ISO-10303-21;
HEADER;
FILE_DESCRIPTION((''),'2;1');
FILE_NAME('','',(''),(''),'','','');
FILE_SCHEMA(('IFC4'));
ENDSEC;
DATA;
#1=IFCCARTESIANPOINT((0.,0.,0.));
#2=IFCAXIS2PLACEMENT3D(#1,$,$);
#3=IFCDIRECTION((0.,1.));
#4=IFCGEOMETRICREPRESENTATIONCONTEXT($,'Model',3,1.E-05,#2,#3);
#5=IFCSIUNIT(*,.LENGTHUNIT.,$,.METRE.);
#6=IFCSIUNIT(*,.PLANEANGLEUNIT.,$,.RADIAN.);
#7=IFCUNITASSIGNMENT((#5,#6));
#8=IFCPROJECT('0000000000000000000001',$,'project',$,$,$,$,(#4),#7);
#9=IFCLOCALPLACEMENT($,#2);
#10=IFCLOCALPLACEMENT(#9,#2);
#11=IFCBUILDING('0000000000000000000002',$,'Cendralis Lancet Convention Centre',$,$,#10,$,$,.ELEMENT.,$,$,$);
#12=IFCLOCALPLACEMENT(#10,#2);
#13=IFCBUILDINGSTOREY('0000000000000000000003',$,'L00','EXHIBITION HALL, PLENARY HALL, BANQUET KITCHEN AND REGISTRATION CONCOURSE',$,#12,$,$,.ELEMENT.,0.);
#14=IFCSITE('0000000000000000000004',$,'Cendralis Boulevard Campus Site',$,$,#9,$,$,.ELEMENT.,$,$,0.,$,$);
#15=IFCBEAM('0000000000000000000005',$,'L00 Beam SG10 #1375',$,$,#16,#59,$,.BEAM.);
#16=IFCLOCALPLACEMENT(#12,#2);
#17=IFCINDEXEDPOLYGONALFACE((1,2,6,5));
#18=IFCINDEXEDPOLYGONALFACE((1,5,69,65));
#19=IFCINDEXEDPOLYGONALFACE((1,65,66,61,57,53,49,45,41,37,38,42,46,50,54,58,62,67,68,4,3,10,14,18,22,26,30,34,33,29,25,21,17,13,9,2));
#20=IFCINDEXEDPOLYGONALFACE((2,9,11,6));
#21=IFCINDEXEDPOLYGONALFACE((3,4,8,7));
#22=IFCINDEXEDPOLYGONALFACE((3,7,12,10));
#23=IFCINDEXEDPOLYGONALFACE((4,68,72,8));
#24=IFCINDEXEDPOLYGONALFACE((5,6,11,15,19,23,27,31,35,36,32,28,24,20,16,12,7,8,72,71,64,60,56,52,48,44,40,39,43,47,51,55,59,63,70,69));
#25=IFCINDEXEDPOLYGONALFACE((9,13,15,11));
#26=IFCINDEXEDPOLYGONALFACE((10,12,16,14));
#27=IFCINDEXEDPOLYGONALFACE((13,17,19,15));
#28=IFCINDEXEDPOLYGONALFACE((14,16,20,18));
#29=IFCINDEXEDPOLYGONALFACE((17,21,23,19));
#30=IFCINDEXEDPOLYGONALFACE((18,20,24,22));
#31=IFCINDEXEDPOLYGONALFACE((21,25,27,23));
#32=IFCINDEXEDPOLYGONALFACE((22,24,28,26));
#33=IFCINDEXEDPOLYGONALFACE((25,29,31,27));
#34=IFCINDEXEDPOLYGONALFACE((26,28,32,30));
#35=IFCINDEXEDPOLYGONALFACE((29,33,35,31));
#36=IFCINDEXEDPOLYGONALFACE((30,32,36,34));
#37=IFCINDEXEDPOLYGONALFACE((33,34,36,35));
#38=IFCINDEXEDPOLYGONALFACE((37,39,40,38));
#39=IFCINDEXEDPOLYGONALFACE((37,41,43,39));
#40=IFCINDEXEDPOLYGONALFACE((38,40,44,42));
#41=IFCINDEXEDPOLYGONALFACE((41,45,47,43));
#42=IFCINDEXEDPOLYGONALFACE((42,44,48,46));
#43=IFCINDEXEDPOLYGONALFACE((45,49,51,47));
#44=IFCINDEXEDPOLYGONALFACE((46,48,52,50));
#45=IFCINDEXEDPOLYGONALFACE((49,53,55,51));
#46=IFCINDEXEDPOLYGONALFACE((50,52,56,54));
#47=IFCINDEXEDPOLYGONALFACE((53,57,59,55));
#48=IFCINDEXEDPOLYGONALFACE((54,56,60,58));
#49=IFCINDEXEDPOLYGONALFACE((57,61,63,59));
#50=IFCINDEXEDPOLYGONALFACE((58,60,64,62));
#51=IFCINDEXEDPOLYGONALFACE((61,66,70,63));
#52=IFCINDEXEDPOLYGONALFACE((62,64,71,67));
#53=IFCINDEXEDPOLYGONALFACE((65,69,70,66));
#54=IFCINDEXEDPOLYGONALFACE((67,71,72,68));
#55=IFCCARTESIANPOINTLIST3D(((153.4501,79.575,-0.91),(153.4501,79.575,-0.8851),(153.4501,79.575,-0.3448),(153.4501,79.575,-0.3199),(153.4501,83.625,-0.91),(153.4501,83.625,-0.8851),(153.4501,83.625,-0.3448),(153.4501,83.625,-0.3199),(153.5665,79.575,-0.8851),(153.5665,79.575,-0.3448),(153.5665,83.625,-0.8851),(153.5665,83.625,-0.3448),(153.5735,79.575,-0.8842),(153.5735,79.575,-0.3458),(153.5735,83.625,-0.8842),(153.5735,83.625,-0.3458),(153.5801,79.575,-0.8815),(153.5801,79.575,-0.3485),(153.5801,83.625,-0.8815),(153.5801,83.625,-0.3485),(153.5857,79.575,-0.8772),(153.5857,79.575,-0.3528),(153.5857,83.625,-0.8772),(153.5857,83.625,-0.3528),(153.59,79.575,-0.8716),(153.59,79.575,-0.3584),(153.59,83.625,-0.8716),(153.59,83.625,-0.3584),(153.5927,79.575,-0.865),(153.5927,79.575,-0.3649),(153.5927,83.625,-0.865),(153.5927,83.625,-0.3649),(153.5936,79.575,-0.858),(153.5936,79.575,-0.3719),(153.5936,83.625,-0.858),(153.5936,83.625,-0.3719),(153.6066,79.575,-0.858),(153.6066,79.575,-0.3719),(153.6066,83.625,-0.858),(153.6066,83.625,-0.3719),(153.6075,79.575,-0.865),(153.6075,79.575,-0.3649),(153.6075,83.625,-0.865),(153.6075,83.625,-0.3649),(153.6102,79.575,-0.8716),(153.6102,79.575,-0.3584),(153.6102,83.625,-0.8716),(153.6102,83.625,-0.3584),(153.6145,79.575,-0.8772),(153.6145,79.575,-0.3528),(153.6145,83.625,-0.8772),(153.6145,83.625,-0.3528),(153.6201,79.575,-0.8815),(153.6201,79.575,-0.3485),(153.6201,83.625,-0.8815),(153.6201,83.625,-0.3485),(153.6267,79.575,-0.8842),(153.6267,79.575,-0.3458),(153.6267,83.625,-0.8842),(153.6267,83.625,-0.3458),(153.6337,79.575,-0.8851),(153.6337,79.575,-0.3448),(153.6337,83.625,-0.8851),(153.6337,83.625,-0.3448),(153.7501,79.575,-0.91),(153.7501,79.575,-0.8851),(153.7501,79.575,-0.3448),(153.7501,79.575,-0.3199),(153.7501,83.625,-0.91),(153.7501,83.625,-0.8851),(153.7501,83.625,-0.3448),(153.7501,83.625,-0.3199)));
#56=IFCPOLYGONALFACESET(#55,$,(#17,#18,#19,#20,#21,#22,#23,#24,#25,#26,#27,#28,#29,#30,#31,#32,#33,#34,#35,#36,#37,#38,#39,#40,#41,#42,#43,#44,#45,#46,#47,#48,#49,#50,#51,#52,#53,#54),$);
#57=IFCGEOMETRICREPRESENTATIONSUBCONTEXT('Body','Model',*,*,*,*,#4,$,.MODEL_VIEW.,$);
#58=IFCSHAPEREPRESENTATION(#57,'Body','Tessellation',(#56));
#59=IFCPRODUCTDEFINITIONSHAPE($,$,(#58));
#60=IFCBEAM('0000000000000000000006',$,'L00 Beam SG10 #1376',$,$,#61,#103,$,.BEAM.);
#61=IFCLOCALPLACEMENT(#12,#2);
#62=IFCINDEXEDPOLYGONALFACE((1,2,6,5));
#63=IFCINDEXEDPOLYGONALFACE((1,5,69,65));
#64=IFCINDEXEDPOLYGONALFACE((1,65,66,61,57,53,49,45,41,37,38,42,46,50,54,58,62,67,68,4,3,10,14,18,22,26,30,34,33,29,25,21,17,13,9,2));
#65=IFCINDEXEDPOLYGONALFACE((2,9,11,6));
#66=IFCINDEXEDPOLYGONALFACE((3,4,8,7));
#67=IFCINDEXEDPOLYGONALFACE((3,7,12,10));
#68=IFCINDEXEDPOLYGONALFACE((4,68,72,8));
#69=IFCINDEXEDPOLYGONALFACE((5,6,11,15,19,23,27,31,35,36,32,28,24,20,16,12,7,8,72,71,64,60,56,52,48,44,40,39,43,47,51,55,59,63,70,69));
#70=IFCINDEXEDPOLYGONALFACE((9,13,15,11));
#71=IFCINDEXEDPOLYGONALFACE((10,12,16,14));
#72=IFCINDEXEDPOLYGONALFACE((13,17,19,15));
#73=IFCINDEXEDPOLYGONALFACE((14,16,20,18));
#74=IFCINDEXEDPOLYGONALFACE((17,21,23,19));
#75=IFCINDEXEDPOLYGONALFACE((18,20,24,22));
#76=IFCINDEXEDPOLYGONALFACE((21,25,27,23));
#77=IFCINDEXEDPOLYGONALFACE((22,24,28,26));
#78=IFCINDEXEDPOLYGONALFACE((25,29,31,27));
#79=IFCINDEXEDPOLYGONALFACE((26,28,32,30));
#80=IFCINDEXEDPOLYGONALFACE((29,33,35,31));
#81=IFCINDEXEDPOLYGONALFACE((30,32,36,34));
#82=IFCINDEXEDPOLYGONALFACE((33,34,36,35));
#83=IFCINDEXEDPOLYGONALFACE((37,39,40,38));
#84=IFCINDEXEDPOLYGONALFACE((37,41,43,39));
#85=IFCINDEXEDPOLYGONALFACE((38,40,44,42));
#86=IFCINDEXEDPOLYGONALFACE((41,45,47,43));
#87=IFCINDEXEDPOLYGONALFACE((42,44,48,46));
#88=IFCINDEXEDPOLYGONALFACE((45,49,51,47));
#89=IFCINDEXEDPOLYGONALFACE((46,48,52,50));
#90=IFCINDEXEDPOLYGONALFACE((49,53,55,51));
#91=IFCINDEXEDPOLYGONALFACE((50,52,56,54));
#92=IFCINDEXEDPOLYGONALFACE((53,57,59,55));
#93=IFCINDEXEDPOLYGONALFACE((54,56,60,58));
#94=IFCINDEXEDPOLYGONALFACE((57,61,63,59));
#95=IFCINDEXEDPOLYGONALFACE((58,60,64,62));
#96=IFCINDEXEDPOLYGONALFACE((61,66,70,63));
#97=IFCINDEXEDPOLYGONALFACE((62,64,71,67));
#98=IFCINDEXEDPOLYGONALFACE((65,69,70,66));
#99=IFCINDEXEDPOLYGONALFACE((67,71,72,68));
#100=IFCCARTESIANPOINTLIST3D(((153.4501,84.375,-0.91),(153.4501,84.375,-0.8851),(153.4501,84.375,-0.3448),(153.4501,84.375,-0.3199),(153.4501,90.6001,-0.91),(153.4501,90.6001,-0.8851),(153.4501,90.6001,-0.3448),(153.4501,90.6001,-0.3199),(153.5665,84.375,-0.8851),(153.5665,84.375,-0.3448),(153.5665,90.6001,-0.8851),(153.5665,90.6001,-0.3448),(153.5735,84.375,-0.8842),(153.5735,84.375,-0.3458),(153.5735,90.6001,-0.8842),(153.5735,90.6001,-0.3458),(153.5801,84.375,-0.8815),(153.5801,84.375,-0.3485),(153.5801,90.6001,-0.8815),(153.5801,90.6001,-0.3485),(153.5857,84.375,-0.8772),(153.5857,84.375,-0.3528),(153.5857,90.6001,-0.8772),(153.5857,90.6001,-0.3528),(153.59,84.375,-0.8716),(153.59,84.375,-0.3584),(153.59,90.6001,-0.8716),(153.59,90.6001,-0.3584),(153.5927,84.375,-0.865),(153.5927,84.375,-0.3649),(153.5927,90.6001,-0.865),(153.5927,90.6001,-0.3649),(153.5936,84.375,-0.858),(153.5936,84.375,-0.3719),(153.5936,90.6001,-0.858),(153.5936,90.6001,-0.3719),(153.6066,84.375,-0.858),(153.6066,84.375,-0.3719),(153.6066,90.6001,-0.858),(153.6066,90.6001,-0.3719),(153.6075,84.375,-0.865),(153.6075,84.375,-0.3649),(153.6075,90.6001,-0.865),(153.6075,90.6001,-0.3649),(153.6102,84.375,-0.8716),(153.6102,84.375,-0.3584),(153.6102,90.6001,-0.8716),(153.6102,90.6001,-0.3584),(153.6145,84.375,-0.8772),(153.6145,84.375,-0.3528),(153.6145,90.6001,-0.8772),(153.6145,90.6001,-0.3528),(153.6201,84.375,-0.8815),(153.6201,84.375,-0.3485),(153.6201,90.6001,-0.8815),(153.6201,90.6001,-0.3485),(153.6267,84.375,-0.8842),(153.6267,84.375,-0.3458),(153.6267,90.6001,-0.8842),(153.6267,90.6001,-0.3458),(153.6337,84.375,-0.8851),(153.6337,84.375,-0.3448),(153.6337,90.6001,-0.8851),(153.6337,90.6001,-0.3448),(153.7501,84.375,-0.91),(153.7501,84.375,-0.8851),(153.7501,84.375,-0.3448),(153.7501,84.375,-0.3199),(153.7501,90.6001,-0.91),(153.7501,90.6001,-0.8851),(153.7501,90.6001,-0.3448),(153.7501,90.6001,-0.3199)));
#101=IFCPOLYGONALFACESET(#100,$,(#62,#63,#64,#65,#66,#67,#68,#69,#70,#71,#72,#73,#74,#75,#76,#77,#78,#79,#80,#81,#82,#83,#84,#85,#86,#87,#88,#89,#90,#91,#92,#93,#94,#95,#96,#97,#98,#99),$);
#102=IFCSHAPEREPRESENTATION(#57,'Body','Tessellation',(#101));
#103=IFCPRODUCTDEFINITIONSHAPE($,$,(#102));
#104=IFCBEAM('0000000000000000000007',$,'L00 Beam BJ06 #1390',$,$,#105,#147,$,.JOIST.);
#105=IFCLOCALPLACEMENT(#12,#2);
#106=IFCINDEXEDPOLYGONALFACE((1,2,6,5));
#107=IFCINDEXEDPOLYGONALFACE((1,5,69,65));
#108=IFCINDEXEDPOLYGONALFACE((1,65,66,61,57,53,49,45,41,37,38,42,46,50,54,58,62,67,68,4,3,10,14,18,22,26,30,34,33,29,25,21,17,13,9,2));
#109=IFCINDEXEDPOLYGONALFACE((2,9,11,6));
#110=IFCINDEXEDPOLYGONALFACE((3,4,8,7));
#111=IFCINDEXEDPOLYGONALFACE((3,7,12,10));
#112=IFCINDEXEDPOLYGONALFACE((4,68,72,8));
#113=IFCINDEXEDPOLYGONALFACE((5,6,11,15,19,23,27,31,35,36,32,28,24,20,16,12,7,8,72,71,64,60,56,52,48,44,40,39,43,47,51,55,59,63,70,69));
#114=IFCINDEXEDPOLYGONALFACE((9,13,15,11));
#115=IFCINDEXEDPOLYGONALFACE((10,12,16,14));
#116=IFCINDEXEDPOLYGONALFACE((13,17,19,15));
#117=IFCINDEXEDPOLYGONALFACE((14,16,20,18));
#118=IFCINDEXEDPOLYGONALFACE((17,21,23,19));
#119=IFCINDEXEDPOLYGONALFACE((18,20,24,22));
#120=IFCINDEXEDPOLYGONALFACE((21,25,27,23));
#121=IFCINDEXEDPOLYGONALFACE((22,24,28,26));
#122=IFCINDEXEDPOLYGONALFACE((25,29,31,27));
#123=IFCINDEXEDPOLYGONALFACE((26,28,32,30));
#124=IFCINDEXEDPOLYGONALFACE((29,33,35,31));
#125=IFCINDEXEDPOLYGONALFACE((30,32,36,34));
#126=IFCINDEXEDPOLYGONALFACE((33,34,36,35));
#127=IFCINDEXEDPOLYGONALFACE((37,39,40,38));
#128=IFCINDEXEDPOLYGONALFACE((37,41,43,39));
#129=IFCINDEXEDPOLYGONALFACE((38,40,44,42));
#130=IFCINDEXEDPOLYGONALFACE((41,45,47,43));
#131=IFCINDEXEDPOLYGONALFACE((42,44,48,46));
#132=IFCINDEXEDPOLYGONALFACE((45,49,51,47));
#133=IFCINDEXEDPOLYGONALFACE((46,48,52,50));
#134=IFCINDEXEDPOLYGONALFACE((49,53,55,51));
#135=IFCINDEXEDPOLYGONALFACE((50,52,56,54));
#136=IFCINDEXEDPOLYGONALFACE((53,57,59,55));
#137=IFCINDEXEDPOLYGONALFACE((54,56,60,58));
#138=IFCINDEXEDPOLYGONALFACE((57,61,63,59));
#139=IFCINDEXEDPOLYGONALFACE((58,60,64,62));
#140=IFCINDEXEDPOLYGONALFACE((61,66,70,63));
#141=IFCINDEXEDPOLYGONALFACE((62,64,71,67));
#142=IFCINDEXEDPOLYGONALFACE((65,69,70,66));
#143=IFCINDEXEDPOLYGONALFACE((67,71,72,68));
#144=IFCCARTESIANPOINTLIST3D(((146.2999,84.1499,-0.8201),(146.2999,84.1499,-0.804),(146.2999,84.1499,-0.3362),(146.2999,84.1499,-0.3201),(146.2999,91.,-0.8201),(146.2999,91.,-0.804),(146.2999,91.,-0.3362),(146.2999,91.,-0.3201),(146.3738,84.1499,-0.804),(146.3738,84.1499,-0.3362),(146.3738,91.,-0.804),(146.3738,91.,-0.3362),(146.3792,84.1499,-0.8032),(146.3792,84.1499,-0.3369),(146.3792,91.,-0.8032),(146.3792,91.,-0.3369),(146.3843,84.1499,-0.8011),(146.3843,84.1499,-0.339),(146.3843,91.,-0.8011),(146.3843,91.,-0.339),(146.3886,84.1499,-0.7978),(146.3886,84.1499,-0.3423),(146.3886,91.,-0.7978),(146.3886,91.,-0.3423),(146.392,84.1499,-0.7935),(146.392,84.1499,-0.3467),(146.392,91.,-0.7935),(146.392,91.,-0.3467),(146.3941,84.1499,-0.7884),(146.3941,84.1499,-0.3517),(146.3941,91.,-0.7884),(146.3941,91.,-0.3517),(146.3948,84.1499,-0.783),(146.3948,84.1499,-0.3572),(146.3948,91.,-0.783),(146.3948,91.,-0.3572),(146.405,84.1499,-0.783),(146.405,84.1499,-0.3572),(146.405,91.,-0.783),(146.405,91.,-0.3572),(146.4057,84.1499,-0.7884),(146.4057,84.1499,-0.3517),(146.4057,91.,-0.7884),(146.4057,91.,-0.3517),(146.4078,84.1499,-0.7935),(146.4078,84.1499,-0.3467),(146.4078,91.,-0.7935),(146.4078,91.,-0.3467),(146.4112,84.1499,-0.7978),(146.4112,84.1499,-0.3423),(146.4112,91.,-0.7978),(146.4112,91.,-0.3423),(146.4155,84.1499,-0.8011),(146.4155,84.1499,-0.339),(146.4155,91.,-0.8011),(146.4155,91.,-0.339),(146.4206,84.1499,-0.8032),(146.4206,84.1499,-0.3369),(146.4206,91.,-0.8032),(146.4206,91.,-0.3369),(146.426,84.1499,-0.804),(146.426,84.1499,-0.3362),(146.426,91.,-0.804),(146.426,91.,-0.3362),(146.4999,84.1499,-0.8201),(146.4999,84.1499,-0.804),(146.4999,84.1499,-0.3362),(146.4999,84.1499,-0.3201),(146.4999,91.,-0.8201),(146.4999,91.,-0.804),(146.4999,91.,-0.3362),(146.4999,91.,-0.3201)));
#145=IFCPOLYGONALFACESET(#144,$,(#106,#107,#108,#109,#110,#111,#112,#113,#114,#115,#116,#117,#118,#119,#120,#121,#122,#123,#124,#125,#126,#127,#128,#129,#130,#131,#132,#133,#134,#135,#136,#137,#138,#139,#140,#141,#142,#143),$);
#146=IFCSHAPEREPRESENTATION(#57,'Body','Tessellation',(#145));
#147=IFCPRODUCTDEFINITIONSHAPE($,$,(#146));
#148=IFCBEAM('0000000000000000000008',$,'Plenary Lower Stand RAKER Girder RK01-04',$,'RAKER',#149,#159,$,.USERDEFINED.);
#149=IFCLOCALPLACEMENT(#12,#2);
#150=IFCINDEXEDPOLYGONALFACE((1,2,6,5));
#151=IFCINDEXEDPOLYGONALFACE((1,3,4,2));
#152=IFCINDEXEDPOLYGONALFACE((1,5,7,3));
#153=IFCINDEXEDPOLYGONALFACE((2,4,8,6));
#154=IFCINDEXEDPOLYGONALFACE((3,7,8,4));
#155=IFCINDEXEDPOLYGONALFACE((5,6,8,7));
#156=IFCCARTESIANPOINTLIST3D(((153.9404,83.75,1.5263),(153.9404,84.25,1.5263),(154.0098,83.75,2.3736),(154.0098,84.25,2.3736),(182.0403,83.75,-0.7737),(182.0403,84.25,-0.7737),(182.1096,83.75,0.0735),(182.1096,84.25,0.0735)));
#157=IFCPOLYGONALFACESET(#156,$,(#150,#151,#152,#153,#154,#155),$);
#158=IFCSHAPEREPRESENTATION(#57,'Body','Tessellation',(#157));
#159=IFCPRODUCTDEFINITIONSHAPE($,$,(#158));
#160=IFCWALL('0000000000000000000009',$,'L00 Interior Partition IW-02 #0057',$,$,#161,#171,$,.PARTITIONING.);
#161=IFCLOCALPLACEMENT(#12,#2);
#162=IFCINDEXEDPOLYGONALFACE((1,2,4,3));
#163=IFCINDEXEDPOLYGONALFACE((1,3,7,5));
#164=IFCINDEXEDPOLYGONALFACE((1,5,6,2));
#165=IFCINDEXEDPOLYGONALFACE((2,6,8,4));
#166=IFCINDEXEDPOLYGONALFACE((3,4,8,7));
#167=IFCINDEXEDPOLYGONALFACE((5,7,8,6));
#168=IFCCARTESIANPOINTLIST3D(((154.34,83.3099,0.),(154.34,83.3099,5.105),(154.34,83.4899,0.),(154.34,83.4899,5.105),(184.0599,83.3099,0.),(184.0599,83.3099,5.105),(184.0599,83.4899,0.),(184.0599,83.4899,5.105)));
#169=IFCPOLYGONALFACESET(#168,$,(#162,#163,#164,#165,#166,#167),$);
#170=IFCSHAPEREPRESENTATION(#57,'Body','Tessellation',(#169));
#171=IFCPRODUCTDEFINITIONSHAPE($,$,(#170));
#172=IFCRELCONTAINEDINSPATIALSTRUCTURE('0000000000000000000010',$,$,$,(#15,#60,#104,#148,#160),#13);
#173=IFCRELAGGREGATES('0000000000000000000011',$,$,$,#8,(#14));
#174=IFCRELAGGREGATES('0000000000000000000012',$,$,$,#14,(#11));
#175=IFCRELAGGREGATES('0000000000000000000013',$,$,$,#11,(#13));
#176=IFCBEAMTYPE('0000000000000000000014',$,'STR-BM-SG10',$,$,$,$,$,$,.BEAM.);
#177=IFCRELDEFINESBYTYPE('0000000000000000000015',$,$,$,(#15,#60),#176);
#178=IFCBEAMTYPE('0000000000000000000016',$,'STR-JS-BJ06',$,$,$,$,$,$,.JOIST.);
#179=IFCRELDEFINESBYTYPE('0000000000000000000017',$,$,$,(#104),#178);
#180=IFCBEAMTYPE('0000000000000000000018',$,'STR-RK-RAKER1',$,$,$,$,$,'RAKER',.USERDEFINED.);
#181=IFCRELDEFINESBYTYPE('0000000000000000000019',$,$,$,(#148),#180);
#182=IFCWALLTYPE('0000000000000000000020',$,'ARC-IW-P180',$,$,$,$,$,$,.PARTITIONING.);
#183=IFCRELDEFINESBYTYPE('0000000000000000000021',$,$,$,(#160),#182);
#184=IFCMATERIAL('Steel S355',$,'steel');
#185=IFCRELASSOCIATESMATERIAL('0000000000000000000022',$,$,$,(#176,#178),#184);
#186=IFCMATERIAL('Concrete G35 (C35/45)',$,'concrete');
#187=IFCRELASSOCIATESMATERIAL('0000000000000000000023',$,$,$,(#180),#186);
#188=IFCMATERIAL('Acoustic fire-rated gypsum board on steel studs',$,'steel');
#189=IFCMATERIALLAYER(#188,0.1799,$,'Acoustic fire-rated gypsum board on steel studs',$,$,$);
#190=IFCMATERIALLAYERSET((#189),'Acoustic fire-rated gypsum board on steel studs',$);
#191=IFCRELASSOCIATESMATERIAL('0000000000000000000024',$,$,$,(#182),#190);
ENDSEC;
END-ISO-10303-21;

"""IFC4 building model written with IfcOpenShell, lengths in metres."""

from ifc_helpers import new_model, si_unit, direction, frame, frame_2d, origin, origin_2d, place, context, subcontext, project, spatial, rectangle, i_section, extrude, material, layer, layer_set, material_profile, profile_set, type_object, element, save


model = new_model("IFC4")

# Units and contexts
model_context = context("Model", 3, precision=1e-05, world=origin(), true_north=direction((0.0, 1.0)))
body_context = subcontext(model_context, "Body", "Model", "MODEL_VIEW")
ifc_project = project(units=[si_unit("LENGTHUNIT", "METRE"), si_unit("PLANEANGLEUNIT", "RADIAN")], contexts=[model_context])

# Site, building, storey
site_placement = place(None, origin())
site = spatial("IfcSite", under=ifc_project, at=site_placement, Name="Cendralis Boulevard Campus Site", CompositionType="ELEMENT", RefElevation=0.0)
building_placement = place(site_placement, origin())
building = spatial("IfcBuilding", under=site, at=building_placement, Name="Cendralis Lancet Convention Centre", CompositionType="ELEMENT")
storey_placement = place(building_placement, origin())
storey = spatial("IfcBuildingStorey", under=building, at=storey_placement, Name="L00", Description="EXHIBITION HALL, PLENARY HALL, BANQUET KITCHEN AND REGISTRATION CONCOURSE", CompositionType="ELEMENT", Elevation=0.0)

# Shared definitions
ifc_material_1 = material(Name="Concrete G35 (C35/45)", Category="concrete")

# Beams
ifc_material_2 = material(Name="Steel S355", Category="steel")
ifc_material_profile_1 = material_profile(ifc_material_2, i_section(OverallWidth=0.3, OverallDepth=0.5901, WebThickness=0.0129, FlangeThickness=0.0249, FilletRadius=0.0271, at=origin_2d()), Name="HEA 600")
ifc_profile_set_1 = profile_set([ifc_material_profile_1], Name="Steel S355")
beam_type_1 = type_object("IfcBeamType", Name="STR-BM-SG10", PredefinedType="BEAM", material=ifc_profile_set_1)
beam_1_placement = place(storey_placement, frame((153.6001, 79.575, -0.615), z_axis=(0.0, 1.0, 0.0), x_axis=(-1.0, 0.0, 0.0)))
element("IfcBeam", 1, at=beam_1_placement, inside=storey, type_object=beam_type_1, Name="L00 Beam SG10 #1375", PredefinedType="BEAM", context=body_context, shape_type="SweptSolid", body=[
    extrude(i_section(OverallWidth=0.3, OverallDepth=0.5901, WebThickness=0.0129, FlangeThickness=0.0249, FilletRadius=0.0271, at=origin_2d()), origin(), (0.0, 0.0, 1.0), 4.05),
])
beam_2_placement = place(storey_placement, frame((153.6001, 84.375, -0.615), z_axis=(0.0, 1.0, 0.0), x_axis=(-1.0, 0.0, 0.0)))
element("IfcBeam", 2, at=beam_2_placement, inside=storey, type_object=beam_type_1, Name="L00 Beam SG10 #1376", PredefinedType="BEAM", context=body_context, shape_type="SweptSolid", body=[
    extrude(i_section(OverallWidth=0.3, OverallDepth=0.5901, WebThickness=0.0129, FlangeThickness=0.0249, FilletRadius=0.0271, at=origin_2d()), origin(), (0.0, 0.0, 1.0), 6.2251),
])
ifc_material_profile_2 = material_profile(ifc_material_2, i_section(OverallWidth=0.2, OverallDepth=0.5, WebThickness=0.0103, FlangeThickness=0.0161, FilletRadius=0.021, at=origin_2d()), Name="IPE 500")
ifc_profile_set_2 = profile_set([ifc_material_profile_2], Name="Steel S355")
beam_type_2 = type_object("IfcBeamType", Name="STR-JS-BJ06", PredefinedType="JOIST", material=ifc_profile_set_2)
beam_3_placement = place(storey_placement, frame((146.3999, 84.1499, -0.5701), z_axis=(0.0, 1.0, 0.0), x_axis=(-1.0, 0.0, 0.0)))
element("IfcBeam", 3, at=beam_3_placement, inside=storey, type_object=beam_type_2, Name="L00 Beam BJ06 #1390", PredefinedType="JOIST", context=body_context, shape_type="SweptSolid", body=[
    extrude(i_section(OverallWidth=0.2, OverallDepth=0.5, WebThickness=0.0103, FlangeThickness=0.0161, FilletRadius=0.021, at=origin_2d()), origin(), (0.0, 0.0, 1.0), 6.8501),
])
ifc_material_profile_3 = material_profile(ifc_material_1, rectangle(XDim=0.5, YDim=0.8501, at=origin_2d()), Name="RCB 500x850")
ifc_profile_set_3 = profile_set([ifc_material_profile_3], Name="Concrete G35 (C35/45)")
beam_type_3 = type_object("IfcBeamType", Name="STR-RK-RAKER1", ElementType="RAKER", PredefinedType="USERDEFINED", material=ifc_profile_set_3)
beam_4_placement = place(storey_placement, frame((153.9751, 84.0, 1.95), z_axis=(0.996667, 0.0, -0.08158), x_axis=(0.0, 1.0, 0.0)))
element("IfcBeam", 4, at=beam_4_placement, inside=storey, type_object=beam_type_3, Name="Plenary Lower Stand RAKER Girder RK01-04", ObjectType="RAKER", PredefinedType="USERDEFINED", context=body_context, shape_type="SweptSolid", body=[
    extrude(rectangle(XDim=0.5, YDim=0.8501, at=origin_2d()), origin(), (0.0, 0.0, 1.0), 28.1938),
])

# Wall
ifc_material_3 = material(Name="Acoustic fire-rated gypsum board on steel studs", Category="steel")
ifc_layer = layer(ifc_material_3, 0.1799, Name="Acoustic fire-rated gypsum board on steel studs")
ifc_layer_set = layer_set([ifc_layer], Name="Acoustic fire-rated gypsum board on steel studs")
wall_type = type_object("IfcWallType", Name="ARC-IW-P180", PredefinedType="PARTITIONING", material=ifc_layer_set)
wall_placement = place(storey_placement, frame((154.3401, 83.3999, 0.0), z_axis=(0.0, 0.0, 1.0), x_axis=(1.0, 0.0, 0.0)))
element("IfcWall", 5, at=wall_placement, inside=storey, type_object=wall_type, Name="L00 Interior Partition IW-02 #0057", PredefinedType="PARTITIONING", context=body_context, shape_type="SweptSolid", body=[
    extrude(rectangle(XDim=29.72, YDim=0.1799, at=frame_2d((14.8599, 0.0))), origin(), (0.0, 0.0, 1.0), 5.105),
])

save(model, "model.ifc")
